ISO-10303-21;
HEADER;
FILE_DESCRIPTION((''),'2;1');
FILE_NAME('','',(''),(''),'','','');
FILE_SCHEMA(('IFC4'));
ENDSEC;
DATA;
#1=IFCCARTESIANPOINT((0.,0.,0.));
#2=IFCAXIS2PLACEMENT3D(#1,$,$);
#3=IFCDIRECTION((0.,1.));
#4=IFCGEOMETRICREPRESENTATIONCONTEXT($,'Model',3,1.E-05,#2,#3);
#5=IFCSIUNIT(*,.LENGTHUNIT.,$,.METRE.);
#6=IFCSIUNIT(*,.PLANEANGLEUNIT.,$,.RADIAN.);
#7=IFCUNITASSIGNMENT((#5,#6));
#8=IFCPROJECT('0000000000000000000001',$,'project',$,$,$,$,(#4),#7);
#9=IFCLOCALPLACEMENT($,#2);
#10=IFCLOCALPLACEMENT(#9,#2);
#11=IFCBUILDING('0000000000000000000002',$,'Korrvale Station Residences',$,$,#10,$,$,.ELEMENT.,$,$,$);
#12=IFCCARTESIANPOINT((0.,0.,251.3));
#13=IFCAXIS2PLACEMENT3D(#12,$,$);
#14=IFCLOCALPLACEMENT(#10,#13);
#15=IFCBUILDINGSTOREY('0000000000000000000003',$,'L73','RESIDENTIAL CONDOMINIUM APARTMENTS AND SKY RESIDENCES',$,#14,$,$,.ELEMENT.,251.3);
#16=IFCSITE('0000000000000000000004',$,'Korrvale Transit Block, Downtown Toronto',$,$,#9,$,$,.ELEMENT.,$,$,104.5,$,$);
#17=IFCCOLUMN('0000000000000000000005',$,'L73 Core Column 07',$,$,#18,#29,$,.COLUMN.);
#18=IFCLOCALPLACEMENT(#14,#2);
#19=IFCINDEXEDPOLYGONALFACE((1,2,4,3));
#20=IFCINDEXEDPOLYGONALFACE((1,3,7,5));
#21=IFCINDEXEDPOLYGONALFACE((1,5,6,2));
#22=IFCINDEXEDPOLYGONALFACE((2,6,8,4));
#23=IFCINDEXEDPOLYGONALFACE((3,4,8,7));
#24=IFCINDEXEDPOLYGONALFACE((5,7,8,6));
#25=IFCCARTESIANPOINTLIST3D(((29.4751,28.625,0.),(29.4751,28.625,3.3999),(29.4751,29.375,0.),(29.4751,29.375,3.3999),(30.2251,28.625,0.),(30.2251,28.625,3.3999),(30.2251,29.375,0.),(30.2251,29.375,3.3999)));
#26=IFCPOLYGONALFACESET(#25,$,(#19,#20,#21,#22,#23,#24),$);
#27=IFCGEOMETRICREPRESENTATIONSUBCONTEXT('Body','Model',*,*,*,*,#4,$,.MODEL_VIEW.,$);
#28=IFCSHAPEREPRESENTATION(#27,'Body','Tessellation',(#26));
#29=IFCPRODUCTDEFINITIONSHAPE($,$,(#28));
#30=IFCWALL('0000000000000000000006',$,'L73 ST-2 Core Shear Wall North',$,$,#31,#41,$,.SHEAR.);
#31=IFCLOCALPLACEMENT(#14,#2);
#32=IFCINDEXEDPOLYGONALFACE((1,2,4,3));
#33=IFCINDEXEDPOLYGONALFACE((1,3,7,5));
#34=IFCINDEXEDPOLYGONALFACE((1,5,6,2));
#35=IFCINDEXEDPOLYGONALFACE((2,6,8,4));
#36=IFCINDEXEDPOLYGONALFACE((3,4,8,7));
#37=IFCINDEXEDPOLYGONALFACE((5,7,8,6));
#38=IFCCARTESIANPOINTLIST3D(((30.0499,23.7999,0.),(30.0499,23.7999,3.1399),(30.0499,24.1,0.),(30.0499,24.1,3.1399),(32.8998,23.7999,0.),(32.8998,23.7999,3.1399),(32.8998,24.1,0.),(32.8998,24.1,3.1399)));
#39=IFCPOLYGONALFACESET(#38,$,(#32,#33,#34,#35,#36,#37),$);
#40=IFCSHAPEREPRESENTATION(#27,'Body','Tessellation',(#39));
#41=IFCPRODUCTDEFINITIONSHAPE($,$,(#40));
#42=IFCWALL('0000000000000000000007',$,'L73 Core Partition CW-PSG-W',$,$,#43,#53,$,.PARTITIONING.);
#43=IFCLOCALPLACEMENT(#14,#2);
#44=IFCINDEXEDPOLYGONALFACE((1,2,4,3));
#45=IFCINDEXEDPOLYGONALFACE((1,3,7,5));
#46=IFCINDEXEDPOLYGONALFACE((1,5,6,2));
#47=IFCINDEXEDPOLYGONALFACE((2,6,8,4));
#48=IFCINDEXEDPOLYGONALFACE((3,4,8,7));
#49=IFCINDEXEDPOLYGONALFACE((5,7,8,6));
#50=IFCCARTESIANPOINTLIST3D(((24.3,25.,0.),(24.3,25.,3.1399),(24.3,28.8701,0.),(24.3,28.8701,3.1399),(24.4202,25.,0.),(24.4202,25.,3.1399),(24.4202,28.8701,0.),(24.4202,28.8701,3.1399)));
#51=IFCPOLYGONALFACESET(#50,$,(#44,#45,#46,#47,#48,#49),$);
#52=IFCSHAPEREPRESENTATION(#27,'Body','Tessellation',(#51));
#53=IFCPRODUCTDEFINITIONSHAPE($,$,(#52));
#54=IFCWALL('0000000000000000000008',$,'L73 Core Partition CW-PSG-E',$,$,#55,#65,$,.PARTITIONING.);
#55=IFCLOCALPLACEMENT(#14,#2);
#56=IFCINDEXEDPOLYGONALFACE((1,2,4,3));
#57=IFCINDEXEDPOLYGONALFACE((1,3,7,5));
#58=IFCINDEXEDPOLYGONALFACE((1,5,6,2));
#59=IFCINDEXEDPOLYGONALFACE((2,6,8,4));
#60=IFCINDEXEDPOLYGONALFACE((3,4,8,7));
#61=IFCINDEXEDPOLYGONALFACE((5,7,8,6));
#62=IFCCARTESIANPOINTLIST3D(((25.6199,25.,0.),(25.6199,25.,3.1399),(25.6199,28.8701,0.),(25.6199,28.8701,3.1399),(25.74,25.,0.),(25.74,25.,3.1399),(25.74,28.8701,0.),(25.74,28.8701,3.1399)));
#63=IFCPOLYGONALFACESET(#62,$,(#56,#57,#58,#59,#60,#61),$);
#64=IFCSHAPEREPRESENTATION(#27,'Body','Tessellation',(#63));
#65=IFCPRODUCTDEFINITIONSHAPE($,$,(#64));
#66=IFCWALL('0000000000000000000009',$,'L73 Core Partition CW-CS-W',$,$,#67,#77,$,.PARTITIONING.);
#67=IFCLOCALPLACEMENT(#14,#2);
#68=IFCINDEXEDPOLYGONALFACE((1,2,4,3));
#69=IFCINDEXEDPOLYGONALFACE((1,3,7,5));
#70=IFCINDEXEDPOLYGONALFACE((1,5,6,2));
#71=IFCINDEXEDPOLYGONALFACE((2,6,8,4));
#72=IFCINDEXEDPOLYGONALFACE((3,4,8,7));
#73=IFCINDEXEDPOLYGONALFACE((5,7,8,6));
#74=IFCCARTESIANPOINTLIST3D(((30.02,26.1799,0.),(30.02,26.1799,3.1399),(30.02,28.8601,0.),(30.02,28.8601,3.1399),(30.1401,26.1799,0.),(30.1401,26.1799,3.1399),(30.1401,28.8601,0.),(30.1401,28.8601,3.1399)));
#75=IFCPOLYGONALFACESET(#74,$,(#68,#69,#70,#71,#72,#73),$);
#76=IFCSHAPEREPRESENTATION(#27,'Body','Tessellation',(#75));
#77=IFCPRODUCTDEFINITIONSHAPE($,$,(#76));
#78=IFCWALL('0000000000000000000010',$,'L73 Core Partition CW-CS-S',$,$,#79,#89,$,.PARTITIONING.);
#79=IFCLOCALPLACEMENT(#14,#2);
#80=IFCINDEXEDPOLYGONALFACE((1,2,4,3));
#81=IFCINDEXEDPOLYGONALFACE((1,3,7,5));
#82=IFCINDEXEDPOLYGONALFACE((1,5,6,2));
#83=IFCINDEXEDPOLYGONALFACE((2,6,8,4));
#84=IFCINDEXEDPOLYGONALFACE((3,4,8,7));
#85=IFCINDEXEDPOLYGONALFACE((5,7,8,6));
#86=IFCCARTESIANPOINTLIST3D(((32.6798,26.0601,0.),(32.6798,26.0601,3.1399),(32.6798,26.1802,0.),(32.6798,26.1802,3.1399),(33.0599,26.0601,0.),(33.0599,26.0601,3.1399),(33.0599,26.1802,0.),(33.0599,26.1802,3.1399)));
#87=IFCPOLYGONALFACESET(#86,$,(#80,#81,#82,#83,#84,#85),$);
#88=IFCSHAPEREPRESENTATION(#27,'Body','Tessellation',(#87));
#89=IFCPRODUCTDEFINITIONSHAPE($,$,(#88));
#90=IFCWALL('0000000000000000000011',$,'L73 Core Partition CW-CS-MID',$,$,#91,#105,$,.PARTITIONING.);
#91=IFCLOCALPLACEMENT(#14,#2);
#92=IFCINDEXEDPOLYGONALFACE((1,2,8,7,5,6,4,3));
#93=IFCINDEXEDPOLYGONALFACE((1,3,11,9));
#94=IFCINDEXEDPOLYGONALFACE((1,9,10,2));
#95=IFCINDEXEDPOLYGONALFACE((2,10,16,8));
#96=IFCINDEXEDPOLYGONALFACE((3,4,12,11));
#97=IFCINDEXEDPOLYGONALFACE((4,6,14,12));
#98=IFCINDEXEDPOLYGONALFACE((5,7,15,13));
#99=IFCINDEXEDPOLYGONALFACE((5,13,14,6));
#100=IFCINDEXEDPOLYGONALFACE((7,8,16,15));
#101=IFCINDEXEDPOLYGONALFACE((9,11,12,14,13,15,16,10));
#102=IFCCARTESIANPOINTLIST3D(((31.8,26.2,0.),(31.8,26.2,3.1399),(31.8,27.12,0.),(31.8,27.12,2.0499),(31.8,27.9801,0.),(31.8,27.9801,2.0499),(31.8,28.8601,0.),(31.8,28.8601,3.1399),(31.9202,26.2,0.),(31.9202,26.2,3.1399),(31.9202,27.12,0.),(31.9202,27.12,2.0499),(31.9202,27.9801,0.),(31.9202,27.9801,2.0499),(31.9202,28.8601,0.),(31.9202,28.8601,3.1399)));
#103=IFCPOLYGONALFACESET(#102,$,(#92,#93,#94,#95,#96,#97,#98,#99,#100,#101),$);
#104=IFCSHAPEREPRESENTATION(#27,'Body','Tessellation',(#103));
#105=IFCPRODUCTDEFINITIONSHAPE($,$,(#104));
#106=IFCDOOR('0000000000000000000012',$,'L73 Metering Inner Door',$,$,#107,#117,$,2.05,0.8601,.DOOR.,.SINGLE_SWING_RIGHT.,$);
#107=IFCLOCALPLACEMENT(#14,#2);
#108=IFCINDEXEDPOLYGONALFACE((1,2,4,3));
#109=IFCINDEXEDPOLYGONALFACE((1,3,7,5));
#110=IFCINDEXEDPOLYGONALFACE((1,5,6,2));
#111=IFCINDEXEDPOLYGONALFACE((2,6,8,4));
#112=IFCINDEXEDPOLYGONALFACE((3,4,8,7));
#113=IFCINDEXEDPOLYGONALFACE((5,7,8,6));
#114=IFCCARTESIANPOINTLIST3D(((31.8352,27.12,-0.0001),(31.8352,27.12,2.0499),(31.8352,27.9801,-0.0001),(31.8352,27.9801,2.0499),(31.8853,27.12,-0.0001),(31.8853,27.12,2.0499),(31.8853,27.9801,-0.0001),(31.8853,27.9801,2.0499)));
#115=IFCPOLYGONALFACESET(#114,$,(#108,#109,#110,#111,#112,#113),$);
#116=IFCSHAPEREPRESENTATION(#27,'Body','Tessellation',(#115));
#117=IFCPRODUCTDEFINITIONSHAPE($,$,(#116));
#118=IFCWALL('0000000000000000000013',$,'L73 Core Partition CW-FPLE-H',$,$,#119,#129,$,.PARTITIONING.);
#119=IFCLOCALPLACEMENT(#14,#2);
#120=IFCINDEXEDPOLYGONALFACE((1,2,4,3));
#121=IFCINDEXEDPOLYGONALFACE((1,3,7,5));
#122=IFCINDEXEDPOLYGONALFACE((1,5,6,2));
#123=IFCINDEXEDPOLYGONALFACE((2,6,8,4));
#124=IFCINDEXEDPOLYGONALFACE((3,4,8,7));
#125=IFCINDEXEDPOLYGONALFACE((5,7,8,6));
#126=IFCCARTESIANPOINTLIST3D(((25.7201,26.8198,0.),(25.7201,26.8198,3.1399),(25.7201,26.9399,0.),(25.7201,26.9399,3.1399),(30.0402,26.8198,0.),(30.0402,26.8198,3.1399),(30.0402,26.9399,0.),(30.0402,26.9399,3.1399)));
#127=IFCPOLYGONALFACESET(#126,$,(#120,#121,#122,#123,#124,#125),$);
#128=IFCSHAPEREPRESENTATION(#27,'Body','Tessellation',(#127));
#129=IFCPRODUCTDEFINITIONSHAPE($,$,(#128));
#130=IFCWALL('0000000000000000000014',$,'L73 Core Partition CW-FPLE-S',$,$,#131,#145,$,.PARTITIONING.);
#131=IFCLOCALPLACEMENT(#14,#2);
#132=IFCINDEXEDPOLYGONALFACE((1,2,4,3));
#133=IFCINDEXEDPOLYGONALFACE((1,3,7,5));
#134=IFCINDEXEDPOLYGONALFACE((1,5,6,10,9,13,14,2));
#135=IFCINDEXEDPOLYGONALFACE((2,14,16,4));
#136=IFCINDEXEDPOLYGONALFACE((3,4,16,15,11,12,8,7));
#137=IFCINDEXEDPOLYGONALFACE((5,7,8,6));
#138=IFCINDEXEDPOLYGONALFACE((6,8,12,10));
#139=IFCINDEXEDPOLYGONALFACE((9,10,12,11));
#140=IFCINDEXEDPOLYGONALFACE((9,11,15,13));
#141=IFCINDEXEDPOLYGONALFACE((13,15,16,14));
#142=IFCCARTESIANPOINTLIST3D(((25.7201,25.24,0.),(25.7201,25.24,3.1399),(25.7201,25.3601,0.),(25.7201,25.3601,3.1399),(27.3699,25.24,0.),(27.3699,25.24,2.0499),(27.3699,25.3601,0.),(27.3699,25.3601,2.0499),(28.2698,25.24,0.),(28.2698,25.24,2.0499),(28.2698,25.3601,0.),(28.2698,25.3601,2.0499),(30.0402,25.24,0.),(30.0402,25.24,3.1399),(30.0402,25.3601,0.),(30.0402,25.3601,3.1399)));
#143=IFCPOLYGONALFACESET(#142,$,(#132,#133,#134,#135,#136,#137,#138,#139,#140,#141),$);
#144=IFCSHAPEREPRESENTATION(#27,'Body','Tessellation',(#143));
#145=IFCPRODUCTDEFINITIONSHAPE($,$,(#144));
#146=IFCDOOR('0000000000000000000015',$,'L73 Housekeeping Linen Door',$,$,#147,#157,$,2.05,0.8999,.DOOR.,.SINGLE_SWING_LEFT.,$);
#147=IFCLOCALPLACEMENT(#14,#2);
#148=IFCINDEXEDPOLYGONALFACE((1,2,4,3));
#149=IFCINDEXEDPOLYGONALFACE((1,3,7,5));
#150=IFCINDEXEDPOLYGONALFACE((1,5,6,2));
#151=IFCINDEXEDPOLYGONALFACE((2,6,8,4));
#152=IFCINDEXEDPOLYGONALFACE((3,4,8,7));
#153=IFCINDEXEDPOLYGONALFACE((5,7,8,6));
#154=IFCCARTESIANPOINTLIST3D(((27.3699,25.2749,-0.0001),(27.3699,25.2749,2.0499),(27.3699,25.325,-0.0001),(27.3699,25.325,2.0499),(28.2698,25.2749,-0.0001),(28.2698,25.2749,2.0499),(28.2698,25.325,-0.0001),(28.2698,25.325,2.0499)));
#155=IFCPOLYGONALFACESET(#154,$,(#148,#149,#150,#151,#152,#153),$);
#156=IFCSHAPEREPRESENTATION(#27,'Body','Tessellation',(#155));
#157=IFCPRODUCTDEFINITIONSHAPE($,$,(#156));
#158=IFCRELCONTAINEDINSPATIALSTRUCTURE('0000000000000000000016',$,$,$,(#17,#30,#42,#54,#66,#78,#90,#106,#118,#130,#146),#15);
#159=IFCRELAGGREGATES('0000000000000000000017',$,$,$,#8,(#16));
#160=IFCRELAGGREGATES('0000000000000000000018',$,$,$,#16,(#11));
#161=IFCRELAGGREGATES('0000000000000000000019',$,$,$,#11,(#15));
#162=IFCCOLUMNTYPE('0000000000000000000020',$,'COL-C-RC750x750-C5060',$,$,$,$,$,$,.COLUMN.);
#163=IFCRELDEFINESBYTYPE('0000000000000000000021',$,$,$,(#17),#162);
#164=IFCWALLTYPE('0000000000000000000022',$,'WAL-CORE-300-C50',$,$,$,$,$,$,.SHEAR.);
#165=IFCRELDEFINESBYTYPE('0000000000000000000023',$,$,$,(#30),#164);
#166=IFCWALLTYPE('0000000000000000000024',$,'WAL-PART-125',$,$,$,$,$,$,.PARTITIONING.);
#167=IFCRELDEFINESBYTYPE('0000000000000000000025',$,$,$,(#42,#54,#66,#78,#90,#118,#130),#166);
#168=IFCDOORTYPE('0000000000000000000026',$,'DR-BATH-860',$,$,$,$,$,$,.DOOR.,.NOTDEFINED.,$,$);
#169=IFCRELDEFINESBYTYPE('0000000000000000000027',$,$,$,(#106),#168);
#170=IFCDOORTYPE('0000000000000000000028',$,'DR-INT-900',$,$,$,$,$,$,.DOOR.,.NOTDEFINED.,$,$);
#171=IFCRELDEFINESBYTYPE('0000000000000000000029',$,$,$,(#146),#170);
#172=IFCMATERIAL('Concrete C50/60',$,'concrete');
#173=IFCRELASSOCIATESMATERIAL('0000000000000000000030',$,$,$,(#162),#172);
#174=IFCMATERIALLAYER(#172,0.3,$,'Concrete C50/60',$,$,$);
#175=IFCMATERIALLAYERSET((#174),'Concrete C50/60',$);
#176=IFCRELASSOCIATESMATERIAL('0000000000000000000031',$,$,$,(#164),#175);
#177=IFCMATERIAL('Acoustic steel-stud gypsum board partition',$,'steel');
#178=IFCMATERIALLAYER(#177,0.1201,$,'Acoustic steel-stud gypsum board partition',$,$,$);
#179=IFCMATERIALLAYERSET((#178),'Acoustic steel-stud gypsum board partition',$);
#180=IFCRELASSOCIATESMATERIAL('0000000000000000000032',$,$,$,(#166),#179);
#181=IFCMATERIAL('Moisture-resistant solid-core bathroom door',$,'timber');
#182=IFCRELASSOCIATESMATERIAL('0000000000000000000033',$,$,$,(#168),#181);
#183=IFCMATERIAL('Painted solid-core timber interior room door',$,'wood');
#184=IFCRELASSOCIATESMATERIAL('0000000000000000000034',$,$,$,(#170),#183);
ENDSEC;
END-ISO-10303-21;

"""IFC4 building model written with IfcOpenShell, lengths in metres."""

from ifc_helpers import new_model, si_unit, direction, frame, frame_2d, origin, origin_2d, place, context, subcontext, project, spatial, rectangle, extrude, material, layer, layer_set, material_profile, profile_set, type_object, element, fill, save


model = new_model("IFC4")

# Units and contexts
model_context = context("Model", 3, precision=1e-05, world=origin(), true_north=direction((0.0, 1.0)))
body_context = subcontext(model_context, "Body", "Model", "MODEL_VIEW")
ifc_project = project(units=[si_unit("LENGTHUNIT", "METRE"), si_unit("PLANEANGLEUNIT", "RADIAN")], contexts=[model_context])

# Site, building, storey
site_placement = place(None, origin())
site = spatial("IfcSite", under=ifc_project, at=site_placement, Name="Korrvale Transit Block, Downtown Toronto", CompositionType="ELEMENT", RefElevation=104.5)
building_placement = place(site_placement, origin())
building = spatial("IfcBuilding", under=site, at=building_placement, Name="Korrvale Station Residences", CompositionType="ELEMENT")
storey_placement = place(building_placement, frame((0.0, 0.0, 251.3)))
storey = spatial("IfcBuildingStorey", under=building, at=storey_placement, Name="L73", Description="RESIDENTIAL CONDOMINIUM APARTMENTS AND SKY RESIDENCES", CompositionType="ELEMENT", Elevation=251.3)

# Column
ifc_material_1 = material(Name="Concrete C50/60", Category="concrete")
ifc_material_profile = material_profile(ifc_material_1, rectangle(XDim=0.75, YDim=0.75, at=origin_2d()), Name="RC750x750")
ifc_profile_set = profile_set([ifc_material_profile], Name="Concrete C50/60")
column_type = type_object("IfcColumnType", Name="COL-C-RC750x750-C5060", PredefinedType="COLUMN", material=ifc_profile_set)
column_placement = place(storey_placement, frame((29.8501, 29.0, 0.0), z_axis=(0.0, 0.0, 1.0), x_axis=(1.0, 0.0, 0.0)))
element("IfcColumn", 1, at=column_placement, inside=storey, type_object=column_type, Name="L73 Core Column 07", PredefinedType="COLUMN", context=body_context, shape_type="SweptSolid", body=[
    extrude(rectangle(XDim=0.75, YDim=0.75, at=origin_2d()), origin(), (0.0, 0.0, 1.0), 3.3999),
])

# Walls
ifc_layer_1 = layer(ifc_material_1, 0.3, Name="Concrete C50/60")
ifc_layer_set_1 = layer_set([ifc_layer_1], Name="Concrete C50/60")
wall_type_1 = type_object("IfcWallType", Name="WAL-CORE-300-C50", PredefinedType="SHEAR", material=ifc_layer_set_1)
wall_1_placement = place(storey_placement, frame((30.05, 23.95, 0.0), z_axis=(0.0, 0.0, 1.0), x_axis=(1.0, 0.0, 0.0)))
element("IfcWall", 2, at=wall_1_placement, inside=storey, type_object=wall_type_1, Name="L73 ST-2 Core Shear Wall North", PredefinedType="SHEAR", context=body_context, shape_type="SweptSolid", body=[
    extrude(rectangle(XDim=2.8499, YDim=0.3, at=frame_2d((1.4248, 0.0))), origin(), (0.0, 0.0, 1.0), 3.1399),
])
ifc_material_2 = material(Name="Acoustic steel-stud gypsum board partition", Category="steel")
ifc_layer_2 = layer(ifc_material_2, 0.1201, Name="Acoustic steel-stud gypsum board partition")
ifc_layer_set_2 = layer_set([ifc_layer_2], Name="Acoustic steel-stud gypsum board partition")
wall_type_2 = type_object("IfcWallType", Name="WAL-PART-125", PredefinedType="PARTITIONING", material=ifc_layer_set_2)
for number, where, z_axis, x_axis, name in (
    (3, (24.3601, 25.0, 0.0), (0.0, 0.0, 1.0), (0.0, 1.0, 0.0), "L73 Core Partition CW-PSG-W"),
    (4, (25.6799, 25.0, 0.0), (0.0, 0.0, 1.0), (0.0, 1.0, 0.0), "L73 Core Partition CW-PSG-E"),
):
    element("IfcWall", number, at=place(storey_placement, frame(where, z_axis=z_axis, x_axis=x_axis)), inside=storey, type_object=wall_type_2, Name=name, PredefinedType="PARTITIONING", context=body_context, shape_type="SweptSolid", body=[
        extrude(rectangle(XDim=3.8701, YDim=0.1201, at=frame_2d((1.9351, 0.0))), origin(), (0.0, 0.0, 1.0), 3.1399),
    ])
wall_2_placement = place(storey_placement, frame((30.0801, 26.1799, 0.0), z_axis=(0.0, 0.0, 1.0), x_axis=(0.0, 1.0, 0.0)))
element("IfcWall", 5, at=wall_2_placement, inside=storey, type_object=wall_type_2, Name="L73 Core Partition CW-CS-W", PredefinedType="PARTITIONING", context=body_context, shape_type="SweptSolid", body=[
    extrude(rectangle(XDim=2.6802, YDim=0.1201, at=frame_2d((1.3401, 0.0))), origin(), (0.0, 0.0, 1.0), 3.1399),
])
wall_3_placement = place(storey_placement, frame((32.6799, 26.1201, 0.0), z_axis=(0.0, 0.0, 1.0), x_axis=(1.0, 0.0, 0.0)))
element("IfcWall", 6, at=wall_3_placement, inside=storey, type_object=wall_type_2, Name="L73 Core Partition CW-CS-S", PredefinedType="PARTITIONING", context=body_context, shape_type="SweptSolid", body=[
    extrude(rectangle(XDim=0.3801, YDim=0.1201, at=frame_2d((0.1899, 0.0))), origin(), (0.0, 0.0, 1.0), 3.1399),
])

# Wall, opening, door
wall_4_placement = place(storey_placement, frame((31.8601, 26.2, 0.0), z_axis=(0.0, 0.0, 1.0), x_axis=(0.0, 1.0, 0.0)))
wall_4 = element("IfcWall", 7, at=wall_4_placement, inside=storey, type_object=wall_type_2, Name="L73 Core Partition CW-CS-MID", PredefinedType="PARTITIONING", context=body_context, shape_type="SweptSolid", body=[
    extrude(rectangle(XDim=2.6602, YDim=0.1201, at=frame_2d((1.3301, 0.0))), origin(), (0.0, 0.0, 1.0), 3.1399),
])
opening_1_placement = place(wall_4_placement, frame((0.9199, 0.0, 0.0)))
opening_1 = element("IfcOpeningElement", 8, at=opening_1_placement, cuts=wall_4, PredefinedType="OPENING", context=body_context, shape_type="SweptSolid", body=[
    extrude(rectangle(XDim=0.8601, YDim=2.05, at=frame_2d((0.4302, 1.0249))), frame((0.0, 0.0701, 0.0), z_axis=(0.0, -1.0, 0.0), x_axis=(1.0, 0.0, 0.0)), (0.0, 0.0, 1.0), 0.1401),
])
ifc_material_3 = material(Name="Moisture-resistant solid-core bathroom door", Category="timber")
door_type_1 = type_object("IfcDoorType", Name="DR-BATH-860", OperationType="NOTDEFINED", PredefinedType="DOOR", material=ifc_material_3)
door_1_placement = place(opening_1_placement, origin())
door_1 = element("IfcDoor", 9, at=door_1_placement, inside=storey, type_object=door_type_1, Name="L73 Metering Inner Door", OperationType="SINGLE_SWING_RIGHT", OverallHeight=2.05, OverallWidth=0.8601, PredefinedType="DOOR", context=body_context, shape_type="SweptSolid", body=[
    extrude(rectangle(XDim=0.8601, YDim=2.05, at=frame_2d((0.4302, 1.0249))), frame((0.0, 0.0249, 0.0), z_axis=(0.0, -1.0, 0.0), x_axis=(1.0, 0.0, 0.0)), (0.0, 0.0, 1.0), 0.05),
])
fill(opening_1, door_1)

# Wall
wall_5_placement = place(storey_placement, frame((25.72, 26.8799, 0.0), z_axis=(0.0, 0.0, 1.0), x_axis=(1.0, 0.0, 0.0)))
element("IfcWall", 10, at=wall_5_placement, inside=storey, type_object=wall_type_2, Name="L73 Core Partition CW-FPLE-H", PredefinedType="PARTITIONING", context=body_context, shape_type="SweptSolid", body=[
    extrude(rectangle(XDim=4.3201, YDim=0.1201, at=frame_2d((2.1602, 0.0))), origin(), (0.0, 0.0, 1.0), 3.1399),
])

# Wall, opening, door
wall_6_placement = place(storey_placement, frame((25.72, 25.3, 0.0), z_axis=(0.0, 0.0, 1.0), x_axis=(1.0, 0.0, 0.0)))
wall_6 = element("IfcWall", 11, at=wall_6_placement, inside=storey, type_object=wall_type_2, Name="L73 Core Partition CW-FPLE-S", PredefinedType="PARTITIONING", context=body_context, shape_type="SweptSolid", body=[
    extrude(rectangle(XDim=4.3201, YDim=0.1201, at=frame_2d((2.1602, 0.0))), origin(), (0.0, 0.0, 1.0), 3.1399),
])
opening_2_placement = place(wall_6_placement, frame((1.6499, 0.0, 0.0)))
opening_2 = element("IfcOpeningElement", 12, at=opening_2_placement, cuts=wall_6, PredefinedType="OPENING", context=body_context, shape_type="SweptSolid", body=[
    extrude(rectangle(XDim=0.8999, YDim=2.05, at=frame_2d((0.45, 1.0249))), frame((0.0, 0.0701, 0.0), z_axis=(0.0, -1.0, 0.0), x_axis=(1.0, 0.0, 0.0)), (0.0, 0.0, 1.0), 0.1401),
])
ifc_material_4 = material(Name="Painted solid-core timber interior room door", Category="wood")
door_type_2 = type_object("IfcDoorType", Name="DR-INT-900", OperationType="NOTDEFINED", PredefinedType="DOOR", material=ifc_material_4)
door_2_placement = place(opening_2_placement, origin())
door_2 = element("IfcDoor", 13, at=door_2_placement, inside=storey, type_object=door_type_2, Name="L73 Housekeeping Linen Door", OperationType="SINGLE_SWING_LEFT", OverallHeight=2.05, OverallWidth=0.8999, PredefinedType="DOOR", context=body_context, shape_type="SweptSolid", body=[
    extrude(rectangle(XDim=0.8999, YDim=2.05, at=frame_2d((0.45, 1.0249))), frame((0.0, 0.0249, 0.0), z_axis=(0.0, -1.0, 0.0), x_axis=(1.0, 0.0, 0.0)), (0.0, 0.0, 1.0), 0.05),
])
fill(opening_2, door_2)

save(model, "model.ifc")
